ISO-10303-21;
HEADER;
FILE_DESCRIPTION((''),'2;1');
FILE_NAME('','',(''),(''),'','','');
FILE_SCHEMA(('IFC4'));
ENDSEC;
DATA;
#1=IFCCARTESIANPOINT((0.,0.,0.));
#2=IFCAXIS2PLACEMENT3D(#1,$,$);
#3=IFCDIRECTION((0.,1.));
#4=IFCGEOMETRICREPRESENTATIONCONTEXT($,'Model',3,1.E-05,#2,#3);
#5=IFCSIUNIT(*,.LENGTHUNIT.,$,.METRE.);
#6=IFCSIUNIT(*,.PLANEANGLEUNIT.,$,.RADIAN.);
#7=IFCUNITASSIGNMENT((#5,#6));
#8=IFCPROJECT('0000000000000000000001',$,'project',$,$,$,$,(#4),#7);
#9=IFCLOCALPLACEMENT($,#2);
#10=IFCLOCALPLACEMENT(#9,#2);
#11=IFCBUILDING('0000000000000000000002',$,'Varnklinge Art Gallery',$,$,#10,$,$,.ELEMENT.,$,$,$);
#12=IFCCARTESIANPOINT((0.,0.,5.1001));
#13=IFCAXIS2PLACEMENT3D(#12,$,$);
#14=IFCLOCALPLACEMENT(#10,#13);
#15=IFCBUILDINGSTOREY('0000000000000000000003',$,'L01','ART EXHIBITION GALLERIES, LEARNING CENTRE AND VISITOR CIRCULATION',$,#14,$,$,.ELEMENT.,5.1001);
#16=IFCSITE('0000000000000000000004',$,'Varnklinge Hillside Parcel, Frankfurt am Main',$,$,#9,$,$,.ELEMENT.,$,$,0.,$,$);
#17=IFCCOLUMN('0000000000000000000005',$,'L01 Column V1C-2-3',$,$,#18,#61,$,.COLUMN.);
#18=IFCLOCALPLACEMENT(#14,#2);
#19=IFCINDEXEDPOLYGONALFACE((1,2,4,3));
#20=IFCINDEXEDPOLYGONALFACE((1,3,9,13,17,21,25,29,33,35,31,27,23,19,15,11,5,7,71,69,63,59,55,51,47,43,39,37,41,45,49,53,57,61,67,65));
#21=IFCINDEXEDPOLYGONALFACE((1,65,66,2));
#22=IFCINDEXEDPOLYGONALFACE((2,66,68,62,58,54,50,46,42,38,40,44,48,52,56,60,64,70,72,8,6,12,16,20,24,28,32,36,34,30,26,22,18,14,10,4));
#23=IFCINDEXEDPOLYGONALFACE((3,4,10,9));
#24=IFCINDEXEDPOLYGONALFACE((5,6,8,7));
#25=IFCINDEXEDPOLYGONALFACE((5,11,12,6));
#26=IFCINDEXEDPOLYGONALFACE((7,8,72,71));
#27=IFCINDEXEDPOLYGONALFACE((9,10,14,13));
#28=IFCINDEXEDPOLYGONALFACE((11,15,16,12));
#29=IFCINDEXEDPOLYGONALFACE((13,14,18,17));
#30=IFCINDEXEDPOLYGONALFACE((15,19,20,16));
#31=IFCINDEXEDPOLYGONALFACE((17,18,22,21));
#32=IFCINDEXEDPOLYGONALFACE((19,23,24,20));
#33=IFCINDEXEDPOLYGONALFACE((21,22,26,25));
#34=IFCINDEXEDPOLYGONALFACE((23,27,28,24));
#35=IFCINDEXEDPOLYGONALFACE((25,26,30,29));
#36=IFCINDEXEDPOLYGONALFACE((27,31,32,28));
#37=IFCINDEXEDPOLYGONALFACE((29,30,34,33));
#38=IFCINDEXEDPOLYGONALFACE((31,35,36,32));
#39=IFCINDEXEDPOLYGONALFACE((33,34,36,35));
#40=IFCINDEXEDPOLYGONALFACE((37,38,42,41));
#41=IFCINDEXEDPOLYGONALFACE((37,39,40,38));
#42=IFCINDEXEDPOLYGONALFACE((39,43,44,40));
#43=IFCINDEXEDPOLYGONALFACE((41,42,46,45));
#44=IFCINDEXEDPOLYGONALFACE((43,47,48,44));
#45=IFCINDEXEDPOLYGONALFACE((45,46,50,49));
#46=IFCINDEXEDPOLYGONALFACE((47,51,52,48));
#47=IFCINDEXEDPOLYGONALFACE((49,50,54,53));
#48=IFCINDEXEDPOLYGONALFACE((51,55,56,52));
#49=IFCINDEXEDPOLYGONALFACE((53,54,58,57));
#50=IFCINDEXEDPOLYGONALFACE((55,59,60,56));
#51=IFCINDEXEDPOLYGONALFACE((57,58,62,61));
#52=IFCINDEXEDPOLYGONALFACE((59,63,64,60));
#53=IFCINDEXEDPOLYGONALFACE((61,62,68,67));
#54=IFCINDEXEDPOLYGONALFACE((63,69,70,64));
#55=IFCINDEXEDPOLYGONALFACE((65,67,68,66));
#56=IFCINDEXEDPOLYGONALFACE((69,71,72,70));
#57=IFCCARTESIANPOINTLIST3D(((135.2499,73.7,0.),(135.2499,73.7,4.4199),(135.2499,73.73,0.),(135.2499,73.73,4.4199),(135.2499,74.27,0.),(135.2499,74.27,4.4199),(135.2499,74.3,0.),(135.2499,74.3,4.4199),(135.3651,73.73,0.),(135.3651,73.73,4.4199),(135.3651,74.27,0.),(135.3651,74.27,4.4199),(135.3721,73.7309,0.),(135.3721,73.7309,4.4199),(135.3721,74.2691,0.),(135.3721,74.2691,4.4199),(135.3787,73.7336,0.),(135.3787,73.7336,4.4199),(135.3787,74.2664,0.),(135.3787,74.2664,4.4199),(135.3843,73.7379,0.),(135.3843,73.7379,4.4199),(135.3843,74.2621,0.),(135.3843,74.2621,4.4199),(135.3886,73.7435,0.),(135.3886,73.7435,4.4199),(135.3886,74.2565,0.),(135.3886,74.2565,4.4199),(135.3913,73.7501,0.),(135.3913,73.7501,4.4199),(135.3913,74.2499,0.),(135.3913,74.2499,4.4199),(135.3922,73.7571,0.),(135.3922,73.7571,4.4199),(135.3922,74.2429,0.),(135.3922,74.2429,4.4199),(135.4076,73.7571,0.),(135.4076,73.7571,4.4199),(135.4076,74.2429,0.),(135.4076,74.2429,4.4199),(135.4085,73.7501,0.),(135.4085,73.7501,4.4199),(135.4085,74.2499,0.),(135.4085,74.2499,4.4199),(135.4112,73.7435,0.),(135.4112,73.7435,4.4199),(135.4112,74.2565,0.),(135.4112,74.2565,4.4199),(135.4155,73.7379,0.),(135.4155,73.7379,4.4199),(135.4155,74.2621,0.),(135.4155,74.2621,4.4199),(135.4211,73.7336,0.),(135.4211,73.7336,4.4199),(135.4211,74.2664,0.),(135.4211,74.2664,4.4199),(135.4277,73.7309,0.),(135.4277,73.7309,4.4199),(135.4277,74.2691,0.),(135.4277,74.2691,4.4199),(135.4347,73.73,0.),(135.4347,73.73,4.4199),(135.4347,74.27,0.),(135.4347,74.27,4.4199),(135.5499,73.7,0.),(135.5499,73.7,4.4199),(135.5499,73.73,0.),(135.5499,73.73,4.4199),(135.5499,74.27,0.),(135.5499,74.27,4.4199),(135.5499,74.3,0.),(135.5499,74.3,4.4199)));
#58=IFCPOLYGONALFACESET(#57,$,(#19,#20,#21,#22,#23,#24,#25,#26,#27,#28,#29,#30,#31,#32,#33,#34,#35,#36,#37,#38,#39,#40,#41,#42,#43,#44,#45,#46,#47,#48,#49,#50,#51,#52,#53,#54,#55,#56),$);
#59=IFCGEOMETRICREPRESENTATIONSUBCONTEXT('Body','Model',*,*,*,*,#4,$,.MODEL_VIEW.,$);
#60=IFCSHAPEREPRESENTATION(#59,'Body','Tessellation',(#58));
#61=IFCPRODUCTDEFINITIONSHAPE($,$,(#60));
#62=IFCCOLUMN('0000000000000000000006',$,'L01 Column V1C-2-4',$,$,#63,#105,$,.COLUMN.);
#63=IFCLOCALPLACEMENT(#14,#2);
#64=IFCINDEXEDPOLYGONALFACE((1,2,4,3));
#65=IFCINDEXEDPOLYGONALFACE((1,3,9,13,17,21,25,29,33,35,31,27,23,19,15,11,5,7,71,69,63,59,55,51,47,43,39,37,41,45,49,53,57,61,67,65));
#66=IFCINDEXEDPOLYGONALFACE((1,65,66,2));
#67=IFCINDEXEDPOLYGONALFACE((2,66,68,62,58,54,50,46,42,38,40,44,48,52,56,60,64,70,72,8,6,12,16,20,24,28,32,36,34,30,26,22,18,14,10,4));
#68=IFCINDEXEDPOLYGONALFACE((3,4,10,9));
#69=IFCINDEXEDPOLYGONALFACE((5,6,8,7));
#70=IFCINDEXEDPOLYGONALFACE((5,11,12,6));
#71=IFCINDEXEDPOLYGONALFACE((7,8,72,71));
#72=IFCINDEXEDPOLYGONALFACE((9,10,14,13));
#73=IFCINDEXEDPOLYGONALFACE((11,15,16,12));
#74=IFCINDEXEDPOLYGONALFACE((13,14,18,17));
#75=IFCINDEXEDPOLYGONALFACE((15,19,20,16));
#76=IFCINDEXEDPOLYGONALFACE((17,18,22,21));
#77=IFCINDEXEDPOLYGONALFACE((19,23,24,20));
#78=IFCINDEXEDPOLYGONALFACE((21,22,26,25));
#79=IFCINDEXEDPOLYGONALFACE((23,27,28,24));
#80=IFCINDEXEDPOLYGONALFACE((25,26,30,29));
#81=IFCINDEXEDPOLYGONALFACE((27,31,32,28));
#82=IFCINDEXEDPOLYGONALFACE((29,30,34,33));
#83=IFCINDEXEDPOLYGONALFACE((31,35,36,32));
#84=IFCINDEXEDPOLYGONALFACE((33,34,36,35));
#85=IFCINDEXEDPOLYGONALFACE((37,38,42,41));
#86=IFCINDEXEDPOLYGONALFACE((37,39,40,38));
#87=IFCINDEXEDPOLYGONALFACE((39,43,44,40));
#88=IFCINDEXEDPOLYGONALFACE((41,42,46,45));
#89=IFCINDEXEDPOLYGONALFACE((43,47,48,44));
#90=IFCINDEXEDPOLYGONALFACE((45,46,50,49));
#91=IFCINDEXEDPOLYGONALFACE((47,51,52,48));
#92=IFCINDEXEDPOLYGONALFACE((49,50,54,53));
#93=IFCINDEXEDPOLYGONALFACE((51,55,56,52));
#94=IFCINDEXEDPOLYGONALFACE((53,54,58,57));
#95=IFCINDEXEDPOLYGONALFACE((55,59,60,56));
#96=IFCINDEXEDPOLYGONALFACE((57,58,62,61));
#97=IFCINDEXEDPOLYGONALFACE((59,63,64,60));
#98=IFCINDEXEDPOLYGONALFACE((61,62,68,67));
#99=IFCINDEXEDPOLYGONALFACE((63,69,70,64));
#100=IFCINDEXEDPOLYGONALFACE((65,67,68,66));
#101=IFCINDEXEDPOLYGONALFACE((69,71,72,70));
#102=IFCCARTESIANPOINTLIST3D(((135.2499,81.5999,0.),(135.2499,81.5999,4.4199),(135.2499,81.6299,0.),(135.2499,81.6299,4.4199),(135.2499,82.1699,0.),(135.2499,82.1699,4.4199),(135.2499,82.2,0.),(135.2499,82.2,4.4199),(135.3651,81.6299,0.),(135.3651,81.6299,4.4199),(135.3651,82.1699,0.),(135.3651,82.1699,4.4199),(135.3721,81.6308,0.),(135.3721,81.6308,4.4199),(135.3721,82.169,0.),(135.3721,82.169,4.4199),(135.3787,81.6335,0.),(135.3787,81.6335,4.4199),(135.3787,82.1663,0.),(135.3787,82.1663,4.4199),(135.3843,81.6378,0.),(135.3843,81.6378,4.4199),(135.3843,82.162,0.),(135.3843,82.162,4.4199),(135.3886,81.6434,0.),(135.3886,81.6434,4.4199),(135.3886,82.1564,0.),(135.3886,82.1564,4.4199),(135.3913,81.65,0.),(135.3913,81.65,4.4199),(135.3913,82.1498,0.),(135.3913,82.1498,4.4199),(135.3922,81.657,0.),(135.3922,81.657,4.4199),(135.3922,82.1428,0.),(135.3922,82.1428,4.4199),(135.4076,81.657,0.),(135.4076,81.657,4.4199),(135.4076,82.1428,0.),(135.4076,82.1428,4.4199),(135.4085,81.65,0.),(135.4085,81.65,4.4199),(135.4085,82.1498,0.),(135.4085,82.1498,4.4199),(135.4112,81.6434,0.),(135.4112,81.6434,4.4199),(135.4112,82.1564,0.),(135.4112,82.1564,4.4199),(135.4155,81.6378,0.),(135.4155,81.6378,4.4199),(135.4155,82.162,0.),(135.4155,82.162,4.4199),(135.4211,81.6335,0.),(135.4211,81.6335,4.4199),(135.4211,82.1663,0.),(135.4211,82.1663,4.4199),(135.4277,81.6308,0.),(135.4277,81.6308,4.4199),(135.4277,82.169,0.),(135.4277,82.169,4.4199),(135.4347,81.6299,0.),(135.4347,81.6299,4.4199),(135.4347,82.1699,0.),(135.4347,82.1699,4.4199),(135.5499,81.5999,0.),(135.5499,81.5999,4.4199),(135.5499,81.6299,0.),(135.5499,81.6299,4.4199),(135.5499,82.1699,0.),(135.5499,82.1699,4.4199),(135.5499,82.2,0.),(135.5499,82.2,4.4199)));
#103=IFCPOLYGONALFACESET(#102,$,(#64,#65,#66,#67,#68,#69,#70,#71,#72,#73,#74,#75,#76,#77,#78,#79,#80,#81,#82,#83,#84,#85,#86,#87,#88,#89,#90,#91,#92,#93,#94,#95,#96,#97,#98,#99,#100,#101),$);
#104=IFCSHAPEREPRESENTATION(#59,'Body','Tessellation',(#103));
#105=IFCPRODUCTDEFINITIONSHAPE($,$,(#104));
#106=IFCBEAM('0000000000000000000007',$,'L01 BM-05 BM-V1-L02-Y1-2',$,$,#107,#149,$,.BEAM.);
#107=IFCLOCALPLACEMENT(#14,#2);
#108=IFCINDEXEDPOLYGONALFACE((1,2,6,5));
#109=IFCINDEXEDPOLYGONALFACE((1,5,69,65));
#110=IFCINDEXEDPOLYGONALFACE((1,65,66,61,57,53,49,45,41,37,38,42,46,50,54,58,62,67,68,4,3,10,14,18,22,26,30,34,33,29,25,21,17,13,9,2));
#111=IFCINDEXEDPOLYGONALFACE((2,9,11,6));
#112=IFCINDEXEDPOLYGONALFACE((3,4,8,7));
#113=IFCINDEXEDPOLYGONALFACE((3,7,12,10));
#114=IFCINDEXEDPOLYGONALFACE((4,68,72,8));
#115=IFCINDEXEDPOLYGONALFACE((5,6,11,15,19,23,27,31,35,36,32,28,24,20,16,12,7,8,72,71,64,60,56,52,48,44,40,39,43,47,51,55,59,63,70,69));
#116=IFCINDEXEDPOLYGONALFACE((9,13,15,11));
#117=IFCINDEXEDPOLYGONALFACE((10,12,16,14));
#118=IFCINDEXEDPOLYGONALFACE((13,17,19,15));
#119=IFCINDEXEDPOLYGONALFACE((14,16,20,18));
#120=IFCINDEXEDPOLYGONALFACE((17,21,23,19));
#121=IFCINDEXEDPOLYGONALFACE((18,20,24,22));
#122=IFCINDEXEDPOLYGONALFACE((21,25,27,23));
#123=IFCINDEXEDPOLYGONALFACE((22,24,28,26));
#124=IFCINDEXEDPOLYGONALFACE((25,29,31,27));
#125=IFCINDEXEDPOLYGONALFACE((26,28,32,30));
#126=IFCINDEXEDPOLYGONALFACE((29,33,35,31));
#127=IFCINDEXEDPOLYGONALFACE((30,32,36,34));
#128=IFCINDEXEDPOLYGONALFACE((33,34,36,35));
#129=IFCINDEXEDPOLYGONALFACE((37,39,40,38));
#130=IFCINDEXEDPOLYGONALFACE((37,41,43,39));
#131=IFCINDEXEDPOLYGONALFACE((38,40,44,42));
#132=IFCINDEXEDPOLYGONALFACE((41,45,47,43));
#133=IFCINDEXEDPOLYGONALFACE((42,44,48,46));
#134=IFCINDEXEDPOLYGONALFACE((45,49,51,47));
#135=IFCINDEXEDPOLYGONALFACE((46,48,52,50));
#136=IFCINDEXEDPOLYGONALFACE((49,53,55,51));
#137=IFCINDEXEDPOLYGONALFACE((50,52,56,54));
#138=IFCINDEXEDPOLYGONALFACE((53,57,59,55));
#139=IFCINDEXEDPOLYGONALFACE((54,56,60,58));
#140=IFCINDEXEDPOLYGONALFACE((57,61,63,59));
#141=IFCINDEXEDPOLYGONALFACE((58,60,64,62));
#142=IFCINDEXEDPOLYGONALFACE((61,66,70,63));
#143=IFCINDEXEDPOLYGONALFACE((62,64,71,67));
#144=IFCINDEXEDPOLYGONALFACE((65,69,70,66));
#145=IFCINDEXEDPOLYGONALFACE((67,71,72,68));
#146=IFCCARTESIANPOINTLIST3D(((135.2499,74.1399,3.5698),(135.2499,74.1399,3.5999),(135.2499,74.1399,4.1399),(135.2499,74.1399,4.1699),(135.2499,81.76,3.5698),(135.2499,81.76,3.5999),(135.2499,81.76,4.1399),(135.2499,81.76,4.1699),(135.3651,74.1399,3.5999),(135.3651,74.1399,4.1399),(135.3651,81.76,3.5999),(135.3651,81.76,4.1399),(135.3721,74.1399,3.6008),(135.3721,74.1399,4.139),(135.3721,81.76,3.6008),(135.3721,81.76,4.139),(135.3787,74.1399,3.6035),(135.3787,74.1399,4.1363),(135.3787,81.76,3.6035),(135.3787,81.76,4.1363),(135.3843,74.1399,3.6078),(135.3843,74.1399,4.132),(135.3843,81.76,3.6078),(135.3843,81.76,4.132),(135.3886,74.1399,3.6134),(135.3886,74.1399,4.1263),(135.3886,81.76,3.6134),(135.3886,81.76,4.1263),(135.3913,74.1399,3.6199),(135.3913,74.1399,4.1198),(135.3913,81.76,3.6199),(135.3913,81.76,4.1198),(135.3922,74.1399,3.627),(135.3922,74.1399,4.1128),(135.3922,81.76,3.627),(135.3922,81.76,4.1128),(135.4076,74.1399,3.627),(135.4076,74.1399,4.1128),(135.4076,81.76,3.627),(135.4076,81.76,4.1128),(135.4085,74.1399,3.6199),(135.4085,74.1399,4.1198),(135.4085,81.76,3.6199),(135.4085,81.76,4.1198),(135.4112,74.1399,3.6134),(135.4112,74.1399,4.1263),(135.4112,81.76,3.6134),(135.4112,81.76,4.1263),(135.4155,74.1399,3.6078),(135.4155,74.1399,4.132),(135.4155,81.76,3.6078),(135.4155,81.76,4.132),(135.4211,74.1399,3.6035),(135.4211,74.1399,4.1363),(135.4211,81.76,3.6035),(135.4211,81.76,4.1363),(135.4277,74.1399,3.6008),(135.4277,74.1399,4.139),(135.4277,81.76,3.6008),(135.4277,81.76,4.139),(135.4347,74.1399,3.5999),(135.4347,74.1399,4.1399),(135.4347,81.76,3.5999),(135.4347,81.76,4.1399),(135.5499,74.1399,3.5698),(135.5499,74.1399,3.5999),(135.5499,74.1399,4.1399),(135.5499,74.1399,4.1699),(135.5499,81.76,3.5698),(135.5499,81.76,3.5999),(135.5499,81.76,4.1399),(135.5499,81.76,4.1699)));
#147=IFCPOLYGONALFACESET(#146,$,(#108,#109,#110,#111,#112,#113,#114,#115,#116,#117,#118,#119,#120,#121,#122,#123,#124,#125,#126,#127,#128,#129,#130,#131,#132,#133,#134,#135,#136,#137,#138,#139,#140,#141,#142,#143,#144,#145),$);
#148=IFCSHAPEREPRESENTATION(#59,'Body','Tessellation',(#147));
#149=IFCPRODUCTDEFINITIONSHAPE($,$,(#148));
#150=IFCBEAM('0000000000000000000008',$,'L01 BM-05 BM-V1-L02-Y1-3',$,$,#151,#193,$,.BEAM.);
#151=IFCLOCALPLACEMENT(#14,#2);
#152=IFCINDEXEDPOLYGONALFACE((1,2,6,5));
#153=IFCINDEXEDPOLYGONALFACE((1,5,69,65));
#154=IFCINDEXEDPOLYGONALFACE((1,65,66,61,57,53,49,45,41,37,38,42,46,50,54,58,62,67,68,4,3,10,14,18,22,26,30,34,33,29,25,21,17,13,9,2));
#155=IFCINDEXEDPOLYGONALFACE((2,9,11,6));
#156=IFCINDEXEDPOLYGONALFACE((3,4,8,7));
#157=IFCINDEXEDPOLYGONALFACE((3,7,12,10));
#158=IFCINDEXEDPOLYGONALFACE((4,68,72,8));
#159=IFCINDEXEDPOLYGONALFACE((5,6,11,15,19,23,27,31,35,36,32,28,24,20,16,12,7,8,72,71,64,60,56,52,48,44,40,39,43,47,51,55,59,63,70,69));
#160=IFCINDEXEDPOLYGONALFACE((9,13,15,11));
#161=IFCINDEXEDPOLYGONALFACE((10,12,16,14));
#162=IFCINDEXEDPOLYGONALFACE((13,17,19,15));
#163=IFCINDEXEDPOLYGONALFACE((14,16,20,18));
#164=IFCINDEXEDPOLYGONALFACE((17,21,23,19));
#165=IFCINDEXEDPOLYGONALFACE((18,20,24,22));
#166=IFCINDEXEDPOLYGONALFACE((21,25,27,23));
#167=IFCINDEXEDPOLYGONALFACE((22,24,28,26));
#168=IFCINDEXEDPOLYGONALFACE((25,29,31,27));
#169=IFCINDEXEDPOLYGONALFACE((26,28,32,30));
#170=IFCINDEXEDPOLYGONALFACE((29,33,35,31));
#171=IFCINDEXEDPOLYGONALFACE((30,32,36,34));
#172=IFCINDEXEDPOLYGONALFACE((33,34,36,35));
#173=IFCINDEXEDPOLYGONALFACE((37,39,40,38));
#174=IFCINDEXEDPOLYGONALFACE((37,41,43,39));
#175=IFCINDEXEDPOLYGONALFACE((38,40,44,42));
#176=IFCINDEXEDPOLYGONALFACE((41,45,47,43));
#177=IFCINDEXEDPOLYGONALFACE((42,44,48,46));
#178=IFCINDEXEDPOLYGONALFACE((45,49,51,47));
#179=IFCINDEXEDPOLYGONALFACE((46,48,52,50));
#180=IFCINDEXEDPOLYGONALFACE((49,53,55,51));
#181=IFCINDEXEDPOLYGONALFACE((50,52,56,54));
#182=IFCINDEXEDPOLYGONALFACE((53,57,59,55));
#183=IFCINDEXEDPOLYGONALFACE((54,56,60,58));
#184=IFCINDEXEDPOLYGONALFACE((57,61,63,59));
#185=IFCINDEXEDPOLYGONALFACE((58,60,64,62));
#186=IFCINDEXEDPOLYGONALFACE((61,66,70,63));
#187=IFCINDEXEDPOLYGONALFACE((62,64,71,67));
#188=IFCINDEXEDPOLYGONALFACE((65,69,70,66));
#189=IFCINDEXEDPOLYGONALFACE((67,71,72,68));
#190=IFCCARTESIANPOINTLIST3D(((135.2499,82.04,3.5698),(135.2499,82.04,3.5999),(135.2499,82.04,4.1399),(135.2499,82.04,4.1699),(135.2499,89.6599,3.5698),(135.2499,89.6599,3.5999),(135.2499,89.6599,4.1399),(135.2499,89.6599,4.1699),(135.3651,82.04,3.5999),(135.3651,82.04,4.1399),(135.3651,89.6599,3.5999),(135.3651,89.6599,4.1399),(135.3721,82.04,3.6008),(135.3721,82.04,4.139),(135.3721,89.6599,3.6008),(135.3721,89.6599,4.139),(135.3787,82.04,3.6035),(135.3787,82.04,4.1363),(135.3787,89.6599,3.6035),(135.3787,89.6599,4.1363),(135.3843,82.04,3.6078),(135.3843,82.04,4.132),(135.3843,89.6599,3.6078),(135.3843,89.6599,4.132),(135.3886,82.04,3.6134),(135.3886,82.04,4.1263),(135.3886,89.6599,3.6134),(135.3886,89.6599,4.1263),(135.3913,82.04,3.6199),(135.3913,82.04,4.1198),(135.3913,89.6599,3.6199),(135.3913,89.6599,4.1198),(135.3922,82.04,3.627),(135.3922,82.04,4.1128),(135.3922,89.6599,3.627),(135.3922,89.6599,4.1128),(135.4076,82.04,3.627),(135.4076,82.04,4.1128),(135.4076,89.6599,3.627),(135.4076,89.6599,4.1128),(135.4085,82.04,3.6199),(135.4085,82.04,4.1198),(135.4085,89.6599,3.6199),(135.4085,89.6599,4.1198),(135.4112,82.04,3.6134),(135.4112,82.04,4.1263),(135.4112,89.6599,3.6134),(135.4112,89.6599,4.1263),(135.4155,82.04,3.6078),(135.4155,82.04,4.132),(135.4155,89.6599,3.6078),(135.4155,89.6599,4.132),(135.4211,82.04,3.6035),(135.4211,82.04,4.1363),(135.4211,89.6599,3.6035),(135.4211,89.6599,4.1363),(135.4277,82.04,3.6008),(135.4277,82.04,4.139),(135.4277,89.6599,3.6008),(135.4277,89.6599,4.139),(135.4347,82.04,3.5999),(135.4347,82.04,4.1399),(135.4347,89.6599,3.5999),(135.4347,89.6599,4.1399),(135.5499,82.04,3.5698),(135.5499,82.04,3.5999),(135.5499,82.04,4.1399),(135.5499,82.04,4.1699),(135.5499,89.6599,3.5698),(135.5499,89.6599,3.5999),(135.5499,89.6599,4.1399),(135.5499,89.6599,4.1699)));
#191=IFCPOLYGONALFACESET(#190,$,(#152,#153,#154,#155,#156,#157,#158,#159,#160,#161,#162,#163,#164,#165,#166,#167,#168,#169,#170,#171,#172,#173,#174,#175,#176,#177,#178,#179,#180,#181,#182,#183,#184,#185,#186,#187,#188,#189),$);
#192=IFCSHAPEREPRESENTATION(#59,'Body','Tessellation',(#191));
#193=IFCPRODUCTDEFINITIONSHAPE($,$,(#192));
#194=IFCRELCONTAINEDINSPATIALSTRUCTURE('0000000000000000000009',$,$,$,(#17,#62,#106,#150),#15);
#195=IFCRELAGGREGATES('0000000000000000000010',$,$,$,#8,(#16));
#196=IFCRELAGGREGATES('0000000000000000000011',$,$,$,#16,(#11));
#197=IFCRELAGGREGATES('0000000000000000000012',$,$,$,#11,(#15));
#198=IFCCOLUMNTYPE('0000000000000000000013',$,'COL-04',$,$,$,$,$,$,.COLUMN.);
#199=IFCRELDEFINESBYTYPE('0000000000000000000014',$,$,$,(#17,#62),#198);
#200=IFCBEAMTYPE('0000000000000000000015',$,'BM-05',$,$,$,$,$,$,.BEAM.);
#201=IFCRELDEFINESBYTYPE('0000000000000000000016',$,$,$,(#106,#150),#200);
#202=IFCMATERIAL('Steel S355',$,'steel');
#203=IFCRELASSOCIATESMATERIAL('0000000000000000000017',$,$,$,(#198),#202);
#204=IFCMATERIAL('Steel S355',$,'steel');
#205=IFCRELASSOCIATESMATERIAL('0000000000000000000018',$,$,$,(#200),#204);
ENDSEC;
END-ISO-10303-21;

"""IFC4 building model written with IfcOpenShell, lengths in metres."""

from ifc_helpers import new_model, si_unit, direction, frame, origin, origin_2d, place, context, subcontext, project, spatial, i_section, extrude, material, material_profile, profile_set, type_object, element, save


model = new_model("IFC4")

# Units and contexts
model_context = context("Model", 3, precision=1e-05, world=origin(), true_north=direction((0.0, 1.0)))
body_context = subcontext(model_context, "Body", "Model", "MODEL_VIEW")
ifc_project = project(units=[si_unit("LENGTHUNIT", "METRE"), si_unit("PLANEANGLEUNIT", "RADIAN")], contexts=[model_context])

# Site, building, storey
site_placement = place(None, origin())
site = spatial("IfcSite", under=ifc_project, at=site_placement, Name="Varnklinge Hillside Parcel, Frankfurt am Main", CompositionType="ELEMENT", RefElevation=0.0)
building_placement = place(site_placement, origin())
building = spatial("IfcBuilding", under=site, at=building_placement, Name="Varnklinge Art Gallery", CompositionType="ELEMENT")
storey_placement = place(building_placement, frame((0.0, 0.0, 5.1001)))
storey = spatial("IfcBuildingStorey", under=building, at=storey_placement, Name="L01", Description="ART EXHIBITION GALLERIES, LEARNING CENTRE AND VISITOR CIRCULATION", CompositionType="ELEMENT", Elevation=5.1001)

# Columns
ifc_material_1 = material(Name="Steel S355", Category="steel")
ifc_material_profile_1 = material_profile(ifc_material_1, i_section(OverallWidth=0.3, OverallDepth=0.6001, WebThickness=0.0154, FlangeThickness=0.03, FilletRadius=0.0271, at=origin_2d()), Name="HEB 600")
ifc_profile_set_1 = profile_set([ifc_material_profile_1], Name="Steel S355")
column_type = type_object("IfcColumnType", Name="COL-04", PredefinedType="COLUMN", material=ifc_profile_set_1)
for number, where, z_axis, x_axis, name in (
    (1, (135.3999, 74.0, 0.0), (0.0, 0.0, 1.0), (1.0, 0.0, 0.0), "L01 Column V1C-2-3"),
    (2, (135.3999, 81.8999, 0.0), (0.0, 0.0, 1.0), (1.0, 0.0, 0.0), "L01 Column V1C-2-4"),
):
    element("IfcColumn", number, at=place(storey_placement, frame(where, z_axis=z_axis, x_axis=x_axis)), inside=storey, type_object=column_type, Name=name, PredefinedType="COLUMN", context=body_context, shape_type="SweptSolid", body=[
        extrude(i_section(OverallWidth=0.3, OverallDepth=0.6001, WebThickness=0.0154, FlangeThickness=0.03, FilletRadius=0.0271, at=origin_2d()), origin(), (0.0, 0.0, 1.0), 4.4199),
    ])

# Beams
ifc_material_2 = material(Name="Steel S355", Category="steel")
ifc_material_profile_2 = material_profile(ifc_material_2, i_section(OverallWidth=0.3, OverallDepth=0.6001, WebThickness=0.0154, FlangeThickness=0.03, FilletRadius=0.0271, at=origin_2d()), Name="HEB 600")
ifc_profile_set_2 = profile_set([ifc_material_profile_2], Name="Steel S355")
beam_type_1 = type_object("IfcBeamType", Name="BM-05", PredefinedType="BEAM", material=ifc_profile_set_2)
beam_1_placement = place(storey_placement, frame((135.3999, 74.1399, 3.8699), z_axis=(0.0, 1.0, 0.0), x_axis=(-1.0, 0.0, 0.0)))
element("IfcBeam", 3, at=beam_1_placement, inside=storey, type_object=beam_type_1, Name="L01 BM-05 BM-V1-L02-Y1-2", PredefinedType="BEAM", context=body_context, shape_type="SweptSolid", body=[
    extrude(i_section(OverallWidth=0.3, OverallDepth=0.6001, WebThickness=0.0154, FlangeThickness=0.03, FilletRadius=0.0271, at=origin_2d()), origin(), (0.0, 0.0, 1.0), 7.6201),
])
beam_2_placement = place(storey_placement, frame((135.3999, 82.04, 3.8699), z_axis=(0.0, 1.0, 0.0), x_axis=(-1.0, 0.0, 0.0)))
element("IfcBeam", 4, at=beam_2_placement, inside=storey, type_object=beam_type_1, Name="L01 BM-05 BM-V1-L02-Y1-3", PredefinedType="BEAM", context=body_context, shape_type="SweptSolid", body=[
    extrude(i_section(OverallWidth=0.3, OverallDepth=0.6001, WebThickness=0.0154, FlangeThickness=0.03, FilletRadius=0.0271, at=origin_2d()), origin(), (0.0, 0.0, 1.0), 7.6199),
])

save(model, "model.ifc")
